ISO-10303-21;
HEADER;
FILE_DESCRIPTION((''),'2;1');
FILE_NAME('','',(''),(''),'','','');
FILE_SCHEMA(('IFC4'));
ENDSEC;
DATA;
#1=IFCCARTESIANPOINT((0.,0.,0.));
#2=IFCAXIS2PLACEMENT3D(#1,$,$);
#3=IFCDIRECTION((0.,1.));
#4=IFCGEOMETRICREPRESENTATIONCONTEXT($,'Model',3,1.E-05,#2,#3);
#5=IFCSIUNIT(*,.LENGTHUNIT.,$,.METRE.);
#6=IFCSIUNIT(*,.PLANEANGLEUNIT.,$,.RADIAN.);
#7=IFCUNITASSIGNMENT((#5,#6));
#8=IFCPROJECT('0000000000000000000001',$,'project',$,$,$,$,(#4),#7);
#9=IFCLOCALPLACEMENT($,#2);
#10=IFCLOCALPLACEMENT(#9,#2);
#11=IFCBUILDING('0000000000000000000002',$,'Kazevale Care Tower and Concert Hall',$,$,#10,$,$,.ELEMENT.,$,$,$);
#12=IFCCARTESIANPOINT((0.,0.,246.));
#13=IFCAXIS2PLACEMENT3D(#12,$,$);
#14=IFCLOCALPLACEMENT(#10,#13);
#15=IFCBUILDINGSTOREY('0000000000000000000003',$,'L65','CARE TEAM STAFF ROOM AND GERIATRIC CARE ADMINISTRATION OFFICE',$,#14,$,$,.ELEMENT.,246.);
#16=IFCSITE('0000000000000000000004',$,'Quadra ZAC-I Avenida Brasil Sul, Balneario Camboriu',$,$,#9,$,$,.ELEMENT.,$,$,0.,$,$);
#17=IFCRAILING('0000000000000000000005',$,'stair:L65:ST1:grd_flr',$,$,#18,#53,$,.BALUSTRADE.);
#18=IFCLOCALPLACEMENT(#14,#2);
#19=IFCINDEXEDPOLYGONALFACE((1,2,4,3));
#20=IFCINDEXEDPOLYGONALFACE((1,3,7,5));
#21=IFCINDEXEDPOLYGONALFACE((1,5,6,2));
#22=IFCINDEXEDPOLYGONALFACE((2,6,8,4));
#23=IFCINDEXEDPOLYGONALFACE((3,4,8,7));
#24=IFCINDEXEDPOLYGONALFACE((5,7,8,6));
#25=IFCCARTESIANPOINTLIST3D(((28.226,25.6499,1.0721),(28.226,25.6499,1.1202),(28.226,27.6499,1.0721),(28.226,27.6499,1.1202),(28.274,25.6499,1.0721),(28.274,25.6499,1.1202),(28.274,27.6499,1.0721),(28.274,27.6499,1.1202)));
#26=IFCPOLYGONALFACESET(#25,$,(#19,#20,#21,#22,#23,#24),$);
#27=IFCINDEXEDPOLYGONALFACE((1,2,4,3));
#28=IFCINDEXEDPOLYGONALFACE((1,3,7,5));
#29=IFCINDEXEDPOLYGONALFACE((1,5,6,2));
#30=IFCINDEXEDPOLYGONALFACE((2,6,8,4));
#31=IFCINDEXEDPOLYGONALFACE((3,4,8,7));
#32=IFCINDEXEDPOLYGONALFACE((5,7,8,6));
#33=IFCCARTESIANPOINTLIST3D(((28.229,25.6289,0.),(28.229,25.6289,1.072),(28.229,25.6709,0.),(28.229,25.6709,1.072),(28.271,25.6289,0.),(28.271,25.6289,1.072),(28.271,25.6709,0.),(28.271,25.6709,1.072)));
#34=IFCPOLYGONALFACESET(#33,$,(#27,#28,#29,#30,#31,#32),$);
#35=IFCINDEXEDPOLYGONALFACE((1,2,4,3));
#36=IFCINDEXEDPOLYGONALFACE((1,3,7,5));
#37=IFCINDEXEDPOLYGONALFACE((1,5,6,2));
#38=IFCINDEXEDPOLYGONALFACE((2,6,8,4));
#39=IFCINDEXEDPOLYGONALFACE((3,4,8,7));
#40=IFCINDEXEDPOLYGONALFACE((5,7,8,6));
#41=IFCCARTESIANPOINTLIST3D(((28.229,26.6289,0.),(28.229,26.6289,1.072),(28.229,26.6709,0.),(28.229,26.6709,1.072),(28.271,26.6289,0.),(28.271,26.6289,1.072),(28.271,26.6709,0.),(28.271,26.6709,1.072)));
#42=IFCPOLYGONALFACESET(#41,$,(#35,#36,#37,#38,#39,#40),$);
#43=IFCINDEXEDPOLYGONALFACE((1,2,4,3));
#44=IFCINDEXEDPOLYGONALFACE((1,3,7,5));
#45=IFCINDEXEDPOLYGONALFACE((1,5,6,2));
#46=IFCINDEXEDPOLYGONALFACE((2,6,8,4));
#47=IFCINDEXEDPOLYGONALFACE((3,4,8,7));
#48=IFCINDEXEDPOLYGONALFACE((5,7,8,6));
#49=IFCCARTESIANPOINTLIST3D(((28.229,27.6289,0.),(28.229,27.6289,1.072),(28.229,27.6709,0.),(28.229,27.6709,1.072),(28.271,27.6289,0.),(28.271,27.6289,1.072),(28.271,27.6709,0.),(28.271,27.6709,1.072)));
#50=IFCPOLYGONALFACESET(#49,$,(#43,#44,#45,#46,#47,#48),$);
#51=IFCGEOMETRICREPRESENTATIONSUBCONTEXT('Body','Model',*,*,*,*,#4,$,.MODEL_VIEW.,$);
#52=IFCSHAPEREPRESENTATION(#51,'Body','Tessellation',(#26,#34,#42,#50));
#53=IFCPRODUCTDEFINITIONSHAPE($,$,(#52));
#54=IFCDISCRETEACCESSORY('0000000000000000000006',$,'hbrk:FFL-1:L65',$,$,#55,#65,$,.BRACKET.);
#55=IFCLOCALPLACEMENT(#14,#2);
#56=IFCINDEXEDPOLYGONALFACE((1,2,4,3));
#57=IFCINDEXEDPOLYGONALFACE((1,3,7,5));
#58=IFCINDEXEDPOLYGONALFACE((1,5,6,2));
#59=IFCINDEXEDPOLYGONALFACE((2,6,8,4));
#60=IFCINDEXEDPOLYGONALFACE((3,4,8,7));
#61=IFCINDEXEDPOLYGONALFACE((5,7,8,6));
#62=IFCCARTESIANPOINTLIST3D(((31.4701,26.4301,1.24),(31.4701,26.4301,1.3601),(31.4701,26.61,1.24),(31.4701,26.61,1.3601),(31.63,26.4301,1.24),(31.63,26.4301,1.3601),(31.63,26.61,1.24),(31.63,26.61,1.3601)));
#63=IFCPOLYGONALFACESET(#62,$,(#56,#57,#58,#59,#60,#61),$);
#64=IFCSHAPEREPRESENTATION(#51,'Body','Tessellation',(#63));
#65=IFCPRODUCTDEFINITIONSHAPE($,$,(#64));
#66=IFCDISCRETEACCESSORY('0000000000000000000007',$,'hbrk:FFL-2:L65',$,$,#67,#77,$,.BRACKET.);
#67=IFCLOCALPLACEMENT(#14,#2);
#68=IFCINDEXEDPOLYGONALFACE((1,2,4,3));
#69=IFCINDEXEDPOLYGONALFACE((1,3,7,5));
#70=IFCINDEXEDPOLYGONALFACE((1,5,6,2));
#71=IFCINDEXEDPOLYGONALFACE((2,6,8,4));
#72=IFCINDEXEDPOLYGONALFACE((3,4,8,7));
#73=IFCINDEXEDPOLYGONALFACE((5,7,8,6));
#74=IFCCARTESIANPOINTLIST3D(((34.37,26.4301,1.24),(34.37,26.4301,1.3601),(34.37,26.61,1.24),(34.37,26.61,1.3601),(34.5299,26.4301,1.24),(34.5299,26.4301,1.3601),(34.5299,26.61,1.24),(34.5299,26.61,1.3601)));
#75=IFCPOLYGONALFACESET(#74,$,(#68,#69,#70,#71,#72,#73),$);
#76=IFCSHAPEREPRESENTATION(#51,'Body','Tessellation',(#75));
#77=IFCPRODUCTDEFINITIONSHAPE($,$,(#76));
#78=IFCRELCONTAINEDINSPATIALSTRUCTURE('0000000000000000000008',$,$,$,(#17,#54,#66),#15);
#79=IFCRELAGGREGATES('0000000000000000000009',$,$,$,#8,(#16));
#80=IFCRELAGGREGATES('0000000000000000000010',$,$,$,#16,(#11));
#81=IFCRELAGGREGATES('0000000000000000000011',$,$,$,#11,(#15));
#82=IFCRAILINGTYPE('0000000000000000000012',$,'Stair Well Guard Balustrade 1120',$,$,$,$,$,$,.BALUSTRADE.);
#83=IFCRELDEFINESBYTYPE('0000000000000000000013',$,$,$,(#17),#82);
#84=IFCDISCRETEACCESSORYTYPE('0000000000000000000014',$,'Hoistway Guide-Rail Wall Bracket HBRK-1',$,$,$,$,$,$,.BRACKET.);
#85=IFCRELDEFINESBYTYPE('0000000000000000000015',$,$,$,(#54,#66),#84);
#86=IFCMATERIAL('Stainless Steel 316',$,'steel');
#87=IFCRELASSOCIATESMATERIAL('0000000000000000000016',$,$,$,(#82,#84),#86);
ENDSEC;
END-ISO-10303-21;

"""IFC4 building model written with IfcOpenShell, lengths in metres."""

from ifc_helpers import new_model, si_unit, direction, frame, origin, origin_2d, place, context, subcontext, project, spatial, rectangle, extrude, material, type_object, element, save


model = new_model("IFC4")

# Units and contexts
model_context = context("Model", 3, precision=1e-05, world=origin(), true_north=direction((0.0, 1.0)))
body_context = subcontext(model_context, "Body", "Model", "MODEL_VIEW")
ifc_project = project(units=[si_unit("LENGTHUNIT", "METRE"), si_unit("PLANEANGLEUNIT", "RADIAN")], contexts=[model_context])

# Site, building, storey
site_placement = place(None, origin())
site = spatial("IfcSite", under=ifc_project, at=site_placement, Name="Quadra ZAC-I Avenida Brasil Sul, Balneario Camboriu", CompositionType="ELEMENT", RefElevation=0.0)
building_placement = place(site_placement, origin())
building = spatial("IfcBuilding", under=site, at=building_placement, Name="Kazevale Care Tower and Concert Hall", CompositionType="ELEMENT")
storey_placement = place(building_placement, frame((0.0, 0.0, 246.0)))
storey = spatial("IfcBuildingStorey", under=building, at=storey_placement, Name="L65", Description="CARE TEAM STAFF ROOM AND GERIATRIC CARE ADMINISTRATION OFFICE", CompositionType="ELEMENT", Elevation=246.0)

# Shared definitions
ifc_material_1 = material(Name="Stainless Steel 316", Category="steel")

# Railing
railing_type_1 = type_object("IfcRailingType", Name="Stair Well Guard Balustrade 1120", PredefinedType="BALUSTRADE", material=ifc_material_1)
railing_1_placement = place(storey_placement, frame((28.25, 25.6499, 0.0)))
element("IfcRailing", 1, at=railing_1_placement, inside=storey, type_object=railing_type_1, Name="stair:L65:ST1:grd_flr", PredefinedType="BALUSTRADE", context=body_context, shape_type="SweptSolid", body=[
    extrude(rectangle(XDim=0.0481, YDim=0.0481, at=origin_2d()), frame((0.0, 0.0, 1.0962), z_axis=(0.0, 1.0, 0.0), x_axis=(-1.0, 0.0, 0.0)), (0.0, 0.0, 1.0), 2.0),
    extrude(rectangle(XDim=0.042, YDim=0.042, at=origin_2d()), origin(), (0.0, 0.0, 1.0), 1.072),
    extrude(rectangle(XDim=0.042, YDim=0.042, at=origin_2d()), frame((0.0, 1.0, 0.0)), (0.0, 0.0, 1.0), 1.072),
    extrude(rectangle(XDim=0.042, YDim=0.042, at=origin_2d()), frame((0.0, 2.0, 0.0)), (0.0, 0.0, 1.0), 1.072),
])

# Discrete accessories
discrete_accessory_type = type_object("IfcDiscreteAccessoryType", Name="Hoistway Guide-Rail Wall Bracket HBRK-1", PredefinedType="BRACKET", material=ifc_material_1)
for number, where, z_axis, x_axis, name in (
    (2, (31.55, 26.52, 1.24), (0.0, 0.0, 1.0), (1.0, 0.0, 0.0), "hbrk:FFL-1:L65"),
    (3, (34.45, 26.52, 1.24), (0.0, 0.0, 1.0), (1.0, 0.0, 0.0), "hbrk:FFL-2:L65"),
):
    element("IfcDiscreteAccessory", number, at=place(storey_placement, frame(where, z_axis=z_axis, x_axis=x_axis)), inside=storey, type_object=discrete_accessory_type, Name=name, PredefinedType="BRACKET", context=body_context, shape_type="SweptSolid", body=[
        extrude(rectangle(XDim=0.1599, YDim=0.1799, at=origin_2d()), origin(), (0.0, 0.0, 1.0), 0.1201),
    ])

save(model, "model.ifc")
